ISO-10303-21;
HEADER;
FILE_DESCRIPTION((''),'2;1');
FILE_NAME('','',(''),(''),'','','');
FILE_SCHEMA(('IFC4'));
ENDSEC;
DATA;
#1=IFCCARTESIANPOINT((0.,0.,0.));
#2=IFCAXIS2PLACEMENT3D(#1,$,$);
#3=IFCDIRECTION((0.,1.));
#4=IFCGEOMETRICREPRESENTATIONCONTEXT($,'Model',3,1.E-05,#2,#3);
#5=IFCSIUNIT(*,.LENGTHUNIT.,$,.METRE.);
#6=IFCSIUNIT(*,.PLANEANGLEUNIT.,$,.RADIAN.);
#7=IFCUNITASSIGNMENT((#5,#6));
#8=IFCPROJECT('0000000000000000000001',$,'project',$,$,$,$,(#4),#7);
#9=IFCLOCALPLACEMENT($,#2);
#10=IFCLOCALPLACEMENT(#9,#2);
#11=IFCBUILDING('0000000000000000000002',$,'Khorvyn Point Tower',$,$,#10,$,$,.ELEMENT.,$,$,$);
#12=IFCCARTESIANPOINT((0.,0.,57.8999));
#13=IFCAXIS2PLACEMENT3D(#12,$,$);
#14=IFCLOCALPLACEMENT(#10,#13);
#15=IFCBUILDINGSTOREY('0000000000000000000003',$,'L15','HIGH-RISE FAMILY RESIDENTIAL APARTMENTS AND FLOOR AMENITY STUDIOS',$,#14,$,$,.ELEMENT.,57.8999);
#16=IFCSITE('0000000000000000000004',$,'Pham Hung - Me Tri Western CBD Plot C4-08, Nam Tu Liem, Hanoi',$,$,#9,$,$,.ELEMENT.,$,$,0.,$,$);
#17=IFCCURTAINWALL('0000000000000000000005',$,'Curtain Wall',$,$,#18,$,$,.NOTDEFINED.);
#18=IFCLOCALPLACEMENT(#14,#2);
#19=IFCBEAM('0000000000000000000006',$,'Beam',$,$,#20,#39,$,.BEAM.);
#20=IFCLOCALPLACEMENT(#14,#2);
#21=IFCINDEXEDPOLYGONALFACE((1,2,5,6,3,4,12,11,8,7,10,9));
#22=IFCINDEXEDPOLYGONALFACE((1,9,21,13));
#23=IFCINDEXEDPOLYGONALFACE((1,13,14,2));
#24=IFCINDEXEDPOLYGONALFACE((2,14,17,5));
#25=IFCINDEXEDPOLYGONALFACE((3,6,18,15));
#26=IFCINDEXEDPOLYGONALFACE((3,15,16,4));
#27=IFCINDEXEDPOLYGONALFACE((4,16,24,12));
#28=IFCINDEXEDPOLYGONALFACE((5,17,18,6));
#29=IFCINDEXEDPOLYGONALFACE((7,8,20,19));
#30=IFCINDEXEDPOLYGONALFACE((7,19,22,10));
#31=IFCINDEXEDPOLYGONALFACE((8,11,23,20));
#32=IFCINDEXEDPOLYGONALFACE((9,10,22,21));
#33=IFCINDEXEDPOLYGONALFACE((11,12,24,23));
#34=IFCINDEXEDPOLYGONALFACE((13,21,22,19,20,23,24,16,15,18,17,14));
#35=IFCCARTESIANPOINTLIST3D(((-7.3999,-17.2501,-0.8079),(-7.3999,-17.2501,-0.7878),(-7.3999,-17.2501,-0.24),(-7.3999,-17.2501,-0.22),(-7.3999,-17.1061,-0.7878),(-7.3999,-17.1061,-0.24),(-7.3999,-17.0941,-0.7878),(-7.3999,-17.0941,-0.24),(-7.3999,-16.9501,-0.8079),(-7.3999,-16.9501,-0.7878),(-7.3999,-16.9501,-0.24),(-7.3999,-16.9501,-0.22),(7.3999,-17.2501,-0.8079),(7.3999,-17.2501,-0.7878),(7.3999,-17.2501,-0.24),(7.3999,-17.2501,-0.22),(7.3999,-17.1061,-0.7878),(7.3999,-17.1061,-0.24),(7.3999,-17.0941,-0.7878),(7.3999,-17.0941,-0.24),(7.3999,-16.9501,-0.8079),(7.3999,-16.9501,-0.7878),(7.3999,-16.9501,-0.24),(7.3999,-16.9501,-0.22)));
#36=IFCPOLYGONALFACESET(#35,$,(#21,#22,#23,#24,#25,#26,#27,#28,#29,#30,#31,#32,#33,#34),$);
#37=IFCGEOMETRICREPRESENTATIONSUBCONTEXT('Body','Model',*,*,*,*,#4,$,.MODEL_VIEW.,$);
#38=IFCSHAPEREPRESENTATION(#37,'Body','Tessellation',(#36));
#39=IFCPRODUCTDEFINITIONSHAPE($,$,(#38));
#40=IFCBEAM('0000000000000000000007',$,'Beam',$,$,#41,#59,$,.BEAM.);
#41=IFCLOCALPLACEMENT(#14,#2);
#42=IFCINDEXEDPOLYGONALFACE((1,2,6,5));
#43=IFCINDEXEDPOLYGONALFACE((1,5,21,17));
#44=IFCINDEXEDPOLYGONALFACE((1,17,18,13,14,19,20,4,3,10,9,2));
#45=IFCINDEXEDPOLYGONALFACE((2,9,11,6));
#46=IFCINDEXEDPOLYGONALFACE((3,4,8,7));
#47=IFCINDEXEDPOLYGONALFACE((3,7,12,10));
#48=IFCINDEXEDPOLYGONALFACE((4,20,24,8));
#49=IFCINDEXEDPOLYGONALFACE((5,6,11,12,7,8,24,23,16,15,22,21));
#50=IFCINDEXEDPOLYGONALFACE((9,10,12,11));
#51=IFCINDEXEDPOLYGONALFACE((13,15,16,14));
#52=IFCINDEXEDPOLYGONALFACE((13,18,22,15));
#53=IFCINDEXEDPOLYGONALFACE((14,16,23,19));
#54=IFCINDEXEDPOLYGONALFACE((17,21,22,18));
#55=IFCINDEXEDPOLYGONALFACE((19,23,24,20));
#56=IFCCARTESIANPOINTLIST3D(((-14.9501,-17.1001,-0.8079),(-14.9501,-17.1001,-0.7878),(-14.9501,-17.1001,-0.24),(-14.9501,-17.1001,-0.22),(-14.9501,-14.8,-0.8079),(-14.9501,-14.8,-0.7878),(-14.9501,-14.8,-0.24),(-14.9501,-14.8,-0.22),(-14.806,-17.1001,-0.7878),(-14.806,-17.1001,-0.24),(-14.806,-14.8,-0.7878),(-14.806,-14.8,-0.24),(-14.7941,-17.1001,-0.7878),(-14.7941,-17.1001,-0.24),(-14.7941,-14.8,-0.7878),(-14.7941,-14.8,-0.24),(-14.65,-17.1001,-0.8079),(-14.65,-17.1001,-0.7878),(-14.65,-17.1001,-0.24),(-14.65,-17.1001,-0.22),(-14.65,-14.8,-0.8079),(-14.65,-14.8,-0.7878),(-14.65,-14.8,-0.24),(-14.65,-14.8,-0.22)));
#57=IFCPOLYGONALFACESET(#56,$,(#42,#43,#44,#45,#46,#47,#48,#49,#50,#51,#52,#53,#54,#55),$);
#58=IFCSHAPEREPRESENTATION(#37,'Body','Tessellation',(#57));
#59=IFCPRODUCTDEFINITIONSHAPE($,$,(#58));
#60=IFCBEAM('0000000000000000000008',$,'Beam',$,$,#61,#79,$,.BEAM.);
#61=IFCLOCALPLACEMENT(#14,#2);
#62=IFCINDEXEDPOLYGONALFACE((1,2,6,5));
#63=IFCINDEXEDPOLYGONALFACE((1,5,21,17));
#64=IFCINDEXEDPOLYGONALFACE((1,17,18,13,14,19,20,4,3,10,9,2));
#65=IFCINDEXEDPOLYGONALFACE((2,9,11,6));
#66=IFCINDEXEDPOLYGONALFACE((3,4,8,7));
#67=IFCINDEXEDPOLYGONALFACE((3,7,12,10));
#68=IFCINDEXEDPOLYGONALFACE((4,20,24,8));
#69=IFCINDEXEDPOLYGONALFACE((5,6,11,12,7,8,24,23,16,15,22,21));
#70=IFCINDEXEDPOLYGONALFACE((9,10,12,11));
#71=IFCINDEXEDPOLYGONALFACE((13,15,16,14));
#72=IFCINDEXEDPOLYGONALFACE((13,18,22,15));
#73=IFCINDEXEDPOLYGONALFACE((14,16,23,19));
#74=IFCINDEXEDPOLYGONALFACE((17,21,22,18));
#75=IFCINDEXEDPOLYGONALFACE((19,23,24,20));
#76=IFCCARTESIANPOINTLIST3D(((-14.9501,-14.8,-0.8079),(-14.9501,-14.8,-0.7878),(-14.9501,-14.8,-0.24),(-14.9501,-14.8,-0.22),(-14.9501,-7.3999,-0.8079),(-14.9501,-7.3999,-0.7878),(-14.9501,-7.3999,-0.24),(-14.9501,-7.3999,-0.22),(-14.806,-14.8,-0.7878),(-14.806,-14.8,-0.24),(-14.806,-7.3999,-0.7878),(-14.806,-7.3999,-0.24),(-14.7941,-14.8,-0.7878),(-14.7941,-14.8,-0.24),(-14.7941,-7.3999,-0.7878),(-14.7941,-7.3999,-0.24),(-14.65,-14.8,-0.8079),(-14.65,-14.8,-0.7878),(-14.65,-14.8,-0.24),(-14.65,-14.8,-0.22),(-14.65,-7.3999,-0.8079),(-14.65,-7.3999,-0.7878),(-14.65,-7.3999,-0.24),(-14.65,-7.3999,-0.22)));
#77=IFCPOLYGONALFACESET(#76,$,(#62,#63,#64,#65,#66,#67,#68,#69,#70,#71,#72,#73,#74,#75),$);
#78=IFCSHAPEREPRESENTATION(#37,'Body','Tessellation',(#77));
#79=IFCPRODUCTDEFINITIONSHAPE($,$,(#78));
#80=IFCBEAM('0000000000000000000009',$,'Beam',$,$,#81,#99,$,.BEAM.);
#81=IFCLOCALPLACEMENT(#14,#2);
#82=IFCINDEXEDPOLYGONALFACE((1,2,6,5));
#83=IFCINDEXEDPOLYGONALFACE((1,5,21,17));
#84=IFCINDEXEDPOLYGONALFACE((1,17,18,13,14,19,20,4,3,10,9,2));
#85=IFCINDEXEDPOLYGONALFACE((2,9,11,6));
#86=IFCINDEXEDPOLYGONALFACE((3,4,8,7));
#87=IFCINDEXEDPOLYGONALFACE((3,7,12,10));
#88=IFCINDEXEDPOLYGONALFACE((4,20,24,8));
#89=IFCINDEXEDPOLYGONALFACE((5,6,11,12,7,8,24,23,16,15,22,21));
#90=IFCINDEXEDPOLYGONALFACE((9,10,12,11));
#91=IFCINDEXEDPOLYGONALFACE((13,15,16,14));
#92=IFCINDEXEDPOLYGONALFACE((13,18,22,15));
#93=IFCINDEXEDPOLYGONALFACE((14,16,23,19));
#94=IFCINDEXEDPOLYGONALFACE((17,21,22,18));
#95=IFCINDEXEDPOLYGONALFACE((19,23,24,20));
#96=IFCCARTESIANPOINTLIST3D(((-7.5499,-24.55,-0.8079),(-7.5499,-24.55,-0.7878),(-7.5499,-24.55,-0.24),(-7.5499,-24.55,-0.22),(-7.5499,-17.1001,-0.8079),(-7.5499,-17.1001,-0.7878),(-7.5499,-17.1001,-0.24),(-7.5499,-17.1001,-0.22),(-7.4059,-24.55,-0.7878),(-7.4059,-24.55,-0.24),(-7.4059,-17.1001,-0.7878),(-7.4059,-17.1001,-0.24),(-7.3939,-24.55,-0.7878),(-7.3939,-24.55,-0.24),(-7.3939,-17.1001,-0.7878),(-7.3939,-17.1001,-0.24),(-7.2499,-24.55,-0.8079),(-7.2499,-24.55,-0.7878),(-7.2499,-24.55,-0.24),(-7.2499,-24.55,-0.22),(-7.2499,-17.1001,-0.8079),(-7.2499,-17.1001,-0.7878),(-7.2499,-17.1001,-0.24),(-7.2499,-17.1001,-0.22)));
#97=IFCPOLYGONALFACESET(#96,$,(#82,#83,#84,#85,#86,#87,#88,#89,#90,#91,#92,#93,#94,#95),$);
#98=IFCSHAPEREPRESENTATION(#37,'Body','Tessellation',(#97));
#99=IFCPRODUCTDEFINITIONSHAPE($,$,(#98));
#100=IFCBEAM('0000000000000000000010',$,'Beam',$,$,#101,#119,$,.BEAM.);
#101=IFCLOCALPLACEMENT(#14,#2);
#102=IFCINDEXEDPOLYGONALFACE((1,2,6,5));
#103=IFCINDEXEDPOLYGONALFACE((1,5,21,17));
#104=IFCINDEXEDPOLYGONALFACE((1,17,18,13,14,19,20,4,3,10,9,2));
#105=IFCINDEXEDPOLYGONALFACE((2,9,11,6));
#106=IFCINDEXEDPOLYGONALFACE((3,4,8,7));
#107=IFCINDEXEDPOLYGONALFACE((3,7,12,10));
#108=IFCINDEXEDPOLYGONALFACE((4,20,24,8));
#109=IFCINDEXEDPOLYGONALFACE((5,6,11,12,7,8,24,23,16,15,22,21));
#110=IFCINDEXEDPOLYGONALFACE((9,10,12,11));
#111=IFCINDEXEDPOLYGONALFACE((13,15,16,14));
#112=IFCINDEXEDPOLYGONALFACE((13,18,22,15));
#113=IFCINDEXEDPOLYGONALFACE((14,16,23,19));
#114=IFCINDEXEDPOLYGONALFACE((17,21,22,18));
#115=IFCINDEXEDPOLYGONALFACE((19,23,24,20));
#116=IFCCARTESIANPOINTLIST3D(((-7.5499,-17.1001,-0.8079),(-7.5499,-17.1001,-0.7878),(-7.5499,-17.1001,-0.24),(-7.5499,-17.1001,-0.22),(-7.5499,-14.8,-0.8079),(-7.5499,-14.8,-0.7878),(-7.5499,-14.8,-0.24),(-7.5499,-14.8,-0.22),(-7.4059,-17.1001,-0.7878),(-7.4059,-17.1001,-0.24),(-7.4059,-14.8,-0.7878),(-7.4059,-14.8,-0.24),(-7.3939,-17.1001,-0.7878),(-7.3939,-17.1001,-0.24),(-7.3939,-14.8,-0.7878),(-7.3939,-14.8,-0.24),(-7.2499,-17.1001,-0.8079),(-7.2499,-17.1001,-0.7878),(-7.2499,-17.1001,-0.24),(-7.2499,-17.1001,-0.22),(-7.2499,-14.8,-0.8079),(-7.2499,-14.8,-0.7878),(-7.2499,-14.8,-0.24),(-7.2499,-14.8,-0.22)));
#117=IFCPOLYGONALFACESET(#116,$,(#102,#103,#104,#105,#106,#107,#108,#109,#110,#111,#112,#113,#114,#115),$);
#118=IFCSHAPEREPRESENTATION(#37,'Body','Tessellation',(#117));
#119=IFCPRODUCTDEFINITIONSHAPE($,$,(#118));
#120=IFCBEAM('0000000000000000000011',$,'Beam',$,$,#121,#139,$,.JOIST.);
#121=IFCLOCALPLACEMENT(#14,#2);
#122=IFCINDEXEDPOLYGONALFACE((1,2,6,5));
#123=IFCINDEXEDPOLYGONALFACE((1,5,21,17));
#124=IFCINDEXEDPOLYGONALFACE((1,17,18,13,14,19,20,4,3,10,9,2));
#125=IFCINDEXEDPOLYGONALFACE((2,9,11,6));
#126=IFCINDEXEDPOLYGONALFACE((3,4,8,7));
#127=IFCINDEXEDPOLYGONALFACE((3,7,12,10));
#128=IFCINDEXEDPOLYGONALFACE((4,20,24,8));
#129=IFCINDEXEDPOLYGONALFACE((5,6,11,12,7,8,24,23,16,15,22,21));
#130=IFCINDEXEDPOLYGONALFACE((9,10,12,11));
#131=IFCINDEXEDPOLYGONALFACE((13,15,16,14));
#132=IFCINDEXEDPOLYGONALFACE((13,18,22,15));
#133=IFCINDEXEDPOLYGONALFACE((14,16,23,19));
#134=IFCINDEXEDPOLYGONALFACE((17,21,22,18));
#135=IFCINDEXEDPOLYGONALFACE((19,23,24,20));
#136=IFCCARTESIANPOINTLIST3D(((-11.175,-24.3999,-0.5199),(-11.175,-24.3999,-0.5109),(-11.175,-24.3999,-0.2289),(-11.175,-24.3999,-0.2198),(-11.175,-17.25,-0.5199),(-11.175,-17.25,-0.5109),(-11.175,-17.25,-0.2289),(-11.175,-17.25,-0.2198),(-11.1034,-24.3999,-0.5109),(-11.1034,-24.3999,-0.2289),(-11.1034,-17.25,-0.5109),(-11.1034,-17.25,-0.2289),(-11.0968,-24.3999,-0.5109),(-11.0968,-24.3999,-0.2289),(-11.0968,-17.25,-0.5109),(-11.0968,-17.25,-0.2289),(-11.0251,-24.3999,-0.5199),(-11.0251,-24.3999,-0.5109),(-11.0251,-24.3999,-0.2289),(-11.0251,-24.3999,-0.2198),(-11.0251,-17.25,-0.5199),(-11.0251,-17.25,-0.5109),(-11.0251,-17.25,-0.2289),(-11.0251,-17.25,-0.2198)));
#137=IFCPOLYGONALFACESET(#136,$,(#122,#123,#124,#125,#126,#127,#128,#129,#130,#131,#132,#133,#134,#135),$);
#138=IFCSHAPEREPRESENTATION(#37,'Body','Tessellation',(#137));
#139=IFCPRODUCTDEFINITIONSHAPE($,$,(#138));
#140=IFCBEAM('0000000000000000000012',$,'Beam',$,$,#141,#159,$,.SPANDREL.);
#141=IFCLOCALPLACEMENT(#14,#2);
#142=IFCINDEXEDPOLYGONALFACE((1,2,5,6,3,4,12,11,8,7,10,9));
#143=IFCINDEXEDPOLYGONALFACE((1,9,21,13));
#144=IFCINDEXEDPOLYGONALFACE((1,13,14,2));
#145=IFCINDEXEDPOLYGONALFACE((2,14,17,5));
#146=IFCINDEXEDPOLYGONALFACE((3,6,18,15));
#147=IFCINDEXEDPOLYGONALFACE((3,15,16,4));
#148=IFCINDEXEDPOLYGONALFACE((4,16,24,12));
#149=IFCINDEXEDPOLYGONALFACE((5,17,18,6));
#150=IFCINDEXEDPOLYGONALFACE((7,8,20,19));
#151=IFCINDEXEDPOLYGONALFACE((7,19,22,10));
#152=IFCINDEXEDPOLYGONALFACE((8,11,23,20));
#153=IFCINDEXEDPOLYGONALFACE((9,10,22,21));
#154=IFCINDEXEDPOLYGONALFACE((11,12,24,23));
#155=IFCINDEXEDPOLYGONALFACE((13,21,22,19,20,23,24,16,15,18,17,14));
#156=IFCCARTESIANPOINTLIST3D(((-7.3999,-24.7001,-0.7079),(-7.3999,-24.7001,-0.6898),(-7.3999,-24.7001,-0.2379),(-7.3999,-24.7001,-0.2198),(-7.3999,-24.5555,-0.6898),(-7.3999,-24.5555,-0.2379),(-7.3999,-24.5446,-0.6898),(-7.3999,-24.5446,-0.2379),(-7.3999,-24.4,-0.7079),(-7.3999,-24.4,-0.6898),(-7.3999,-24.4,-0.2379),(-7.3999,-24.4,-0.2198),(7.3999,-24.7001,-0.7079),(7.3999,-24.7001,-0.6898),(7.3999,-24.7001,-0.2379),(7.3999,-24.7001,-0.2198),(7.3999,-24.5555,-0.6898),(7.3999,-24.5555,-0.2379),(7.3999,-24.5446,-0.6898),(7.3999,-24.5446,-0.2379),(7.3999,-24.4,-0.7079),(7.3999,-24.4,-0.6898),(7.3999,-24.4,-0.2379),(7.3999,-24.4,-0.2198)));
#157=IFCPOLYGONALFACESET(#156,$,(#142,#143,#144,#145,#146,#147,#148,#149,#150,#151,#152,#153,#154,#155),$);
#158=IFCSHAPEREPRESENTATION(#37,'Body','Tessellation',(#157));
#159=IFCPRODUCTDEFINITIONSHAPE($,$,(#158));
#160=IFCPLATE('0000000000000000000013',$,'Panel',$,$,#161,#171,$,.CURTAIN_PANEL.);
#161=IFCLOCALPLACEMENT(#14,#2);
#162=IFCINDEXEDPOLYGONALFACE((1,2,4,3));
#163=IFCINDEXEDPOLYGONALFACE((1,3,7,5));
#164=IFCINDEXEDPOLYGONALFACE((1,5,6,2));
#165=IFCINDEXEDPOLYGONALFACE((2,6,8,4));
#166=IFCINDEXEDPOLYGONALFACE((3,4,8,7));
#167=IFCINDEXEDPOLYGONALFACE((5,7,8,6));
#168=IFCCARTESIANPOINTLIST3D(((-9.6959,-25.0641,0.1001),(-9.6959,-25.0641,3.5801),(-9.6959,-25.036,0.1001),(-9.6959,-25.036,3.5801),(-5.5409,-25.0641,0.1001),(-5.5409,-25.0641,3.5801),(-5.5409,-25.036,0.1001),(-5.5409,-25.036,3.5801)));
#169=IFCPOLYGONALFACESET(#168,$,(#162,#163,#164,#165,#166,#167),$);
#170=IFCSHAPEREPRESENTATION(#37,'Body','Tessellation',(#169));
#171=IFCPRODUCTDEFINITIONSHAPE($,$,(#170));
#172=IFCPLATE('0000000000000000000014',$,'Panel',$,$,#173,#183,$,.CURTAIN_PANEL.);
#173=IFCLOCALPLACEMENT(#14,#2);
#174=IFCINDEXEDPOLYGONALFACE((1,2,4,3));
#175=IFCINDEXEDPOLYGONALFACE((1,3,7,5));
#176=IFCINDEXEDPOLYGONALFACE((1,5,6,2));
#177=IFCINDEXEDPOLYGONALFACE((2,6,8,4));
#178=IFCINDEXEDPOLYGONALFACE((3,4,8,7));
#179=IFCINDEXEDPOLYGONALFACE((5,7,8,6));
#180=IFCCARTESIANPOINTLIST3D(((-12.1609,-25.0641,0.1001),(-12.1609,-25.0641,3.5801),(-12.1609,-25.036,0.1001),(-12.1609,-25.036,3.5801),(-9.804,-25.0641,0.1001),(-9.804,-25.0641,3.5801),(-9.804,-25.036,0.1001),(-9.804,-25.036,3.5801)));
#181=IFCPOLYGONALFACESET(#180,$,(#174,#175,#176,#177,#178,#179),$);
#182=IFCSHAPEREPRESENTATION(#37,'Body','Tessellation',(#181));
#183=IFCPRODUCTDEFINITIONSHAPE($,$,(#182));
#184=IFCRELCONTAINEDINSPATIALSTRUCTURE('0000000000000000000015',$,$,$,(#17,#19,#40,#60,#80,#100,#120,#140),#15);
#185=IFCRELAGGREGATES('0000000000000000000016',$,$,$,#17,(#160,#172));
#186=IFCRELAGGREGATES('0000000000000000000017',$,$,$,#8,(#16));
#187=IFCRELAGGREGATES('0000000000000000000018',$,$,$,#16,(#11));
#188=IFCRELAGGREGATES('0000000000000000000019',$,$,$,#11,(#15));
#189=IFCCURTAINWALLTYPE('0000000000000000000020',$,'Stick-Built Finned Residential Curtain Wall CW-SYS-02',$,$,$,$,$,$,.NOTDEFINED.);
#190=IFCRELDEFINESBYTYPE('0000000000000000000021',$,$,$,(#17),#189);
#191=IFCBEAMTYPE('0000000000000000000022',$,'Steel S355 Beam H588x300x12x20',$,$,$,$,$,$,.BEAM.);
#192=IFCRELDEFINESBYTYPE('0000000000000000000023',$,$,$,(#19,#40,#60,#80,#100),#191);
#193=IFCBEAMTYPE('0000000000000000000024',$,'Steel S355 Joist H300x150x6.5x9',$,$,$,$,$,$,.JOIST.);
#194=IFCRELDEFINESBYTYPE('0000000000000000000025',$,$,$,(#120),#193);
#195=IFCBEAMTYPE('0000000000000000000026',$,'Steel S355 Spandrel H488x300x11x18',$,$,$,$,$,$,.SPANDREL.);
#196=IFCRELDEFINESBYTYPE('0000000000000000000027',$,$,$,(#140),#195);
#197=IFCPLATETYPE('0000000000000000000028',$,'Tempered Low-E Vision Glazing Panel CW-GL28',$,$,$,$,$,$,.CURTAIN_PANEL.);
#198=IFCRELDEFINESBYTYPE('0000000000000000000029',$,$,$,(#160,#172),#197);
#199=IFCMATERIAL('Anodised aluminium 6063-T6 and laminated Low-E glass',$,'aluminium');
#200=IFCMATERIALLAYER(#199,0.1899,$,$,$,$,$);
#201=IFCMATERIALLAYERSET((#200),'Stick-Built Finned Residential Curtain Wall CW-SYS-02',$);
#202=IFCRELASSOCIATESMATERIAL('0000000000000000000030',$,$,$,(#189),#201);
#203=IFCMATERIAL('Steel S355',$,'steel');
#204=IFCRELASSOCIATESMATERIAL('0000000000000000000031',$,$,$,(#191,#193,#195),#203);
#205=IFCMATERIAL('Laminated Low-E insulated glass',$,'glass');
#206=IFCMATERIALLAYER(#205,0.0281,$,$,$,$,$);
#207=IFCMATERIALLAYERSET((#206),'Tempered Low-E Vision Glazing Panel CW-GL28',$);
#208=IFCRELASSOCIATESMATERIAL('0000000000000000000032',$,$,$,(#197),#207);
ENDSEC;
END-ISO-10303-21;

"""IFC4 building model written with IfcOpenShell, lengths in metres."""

from ifc_helpers import new_model, si_unit, direction, frame, origin, origin_2d, place, context, subcontext, project, spatial, rectangle, i_section, extrude, material, layer, layer_set, material_profile, profile_set, type_object, element, aggregate, save


model = new_model("IFC4")

# Units and contexts
model_context = context("Model", 3, precision=1e-05, world=origin(), true_north=direction((0.0, 1.0)))
body_context = subcontext(model_context, "Body", "Model", "MODEL_VIEW")
ifc_project = project(units=[si_unit("LENGTHUNIT", "METRE"), si_unit("PLANEANGLEUNIT", "RADIAN")], contexts=[model_context])

# Site, building, storey
site_placement = place(None, origin())
site = spatial("IfcSite", under=ifc_project, at=site_placement, Name="Pham Hung - Me Tri Western CBD Plot C4-08, Nam Tu Liem, Hanoi", CompositionType="ELEMENT", RefElevation=0.0)
building_placement = place(site_placement, origin())
building = spatial("IfcBuilding", under=site, at=building_placement, Name="Khorvyn Point Tower", CompositionType="ELEMENT")
storey_placement = place(building_placement, frame((0.0, 0.0, 57.8999)))
storey = spatial("IfcBuildingStorey", under=building, at=storey_placement, Name="L15", Description="HIGH-RISE FAMILY RESIDENTIAL APARTMENTS AND FLOOR AMENITY STUDIOS", CompositionType="ELEMENT", Elevation=57.8999)

# Curtain wall
ifc_material_1 = material(Name="Anodised aluminium 6063-T6 and laminated Low-E glass", Category="aluminium")
ifc_layer_1 = layer(ifc_material_1, 0.1899)
ifc_layer_set_1 = layer_set([ifc_layer_1], Name="Stick-Built Finned Residential Curtain Wall CW-SYS-02")
curtain_wall_type = type_object("IfcCurtainWallType", Name="Stick-Built Finned Residential Curtain Wall CW-SYS-02", PredefinedType="NOTDEFINED", material=ifc_layer_set_1)
curtain_wall_placement = place(storey_placement, origin())
curtain_wall = element("IfcCurtainWall", 1, at=curtain_wall_placement, inside=storey, type_object=curtain_wall_type, Name="Curtain Wall", PredefinedType="NOTDEFINED")

# Beams
ifc_material_2 = material(Name="Steel S355", Category="steel")
ifc_material_profile_1 = material_profile(ifc_material_2, i_section(OverallWidth=0.3, OverallDepth=0.5879, WebThickness=0.012, FlangeThickness=0.02, at=origin_2d()))
ifc_profile_set_1 = profile_set([ifc_material_profile_1], Name="Steel S355 H588x300x12x20")
beam_type_1 = type_object("IfcBeamType", Name="Steel S355 Beam H588x300x12x20", PredefinedType="BEAM", material=ifc_profile_set_1)
beam_1_placement = place(storey_placement, frame((-7.3999, -17.1001, -0.5139), z_axis=(1.0, 0.0, 0.0), x_axis=(0.0, 1.0, 0.0)))
element("IfcBeam", 2, at=beam_1_placement, inside=storey, type_object=beam_type_1, Name="Beam", PredefinedType="BEAM", context=body_context, shape_type="SweptSolid", body=[
    extrude(i_section(OverallWidth=0.3, OverallDepth=0.5879, WebThickness=0.012, FlangeThickness=0.02, at=origin_2d()), origin(), (0.0, 0.0, 1.0), 14.7998),
])
beam_2_placement = place(storey_placement, frame((-14.8, -17.1001, -0.5139), z_axis=(0.0, 1.0, 0.0), x_axis=(-1.0, 0.0, 0.0)))
element("IfcBeam", 3, at=beam_2_placement, inside=storey, type_object=beam_type_1, Name="Beam", PredefinedType="BEAM", context=body_context, shape_type="SweptSolid", body=[
    extrude(i_section(OverallWidth=0.3, OverallDepth=0.5879, WebThickness=0.012, FlangeThickness=0.02, at=origin_2d()), origin(), (0.0, 0.0, 1.0), 2.3),
])
beam_3_placement = place(storey_placement, frame((-14.8, -14.8, -0.5139), z_axis=(0.0, 1.0, 0.0), x_axis=(-1.0, 0.0, 0.0)))
element("IfcBeam", 4, at=beam_3_placement, inside=storey, type_object=beam_type_1, Name="Beam", PredefinedType="BEAM", context=body_context, shape_type="SweptSolid", body=[
    extrude(i_section(OverallWidth=0.3, OverallDepth=0.5879, WebThickness=0.012, FlangeThickness=0.02, at=origin_2d()), origin(), (0.0, 0.0, 1.0), 7.4001),
])
beam_4_placement = place(storey_placement, frame((-7.3999, -24.55, -0.5139), z_axis=(0.0, 1.0, 0.0), x_axis=(-1.0, 0.0, 0.0)))
element("IfcBeam", 5, at=beam_4_placement, inside=storey, type_object=beam_type_1, Name="Beam", PredefinedType="BEAM", context=body_context, shape_type="SweptSolid", body=[
    extrude(i_section(OverallWidth=0.3, OverallDepth=0.5879, WebThickness=0.012, FlangeThickness=0.02, at=origin_2d()), origin(), (0.0, 0.0, 1.0), 7.45),
])
beam_5_placement = place(storey_placement, frame((-7.3999, -17.1001, -0.5139), z_axis=(0.0, 1.0, 0.0), x_axis=(-1.0, 0.0, 0.0)))
element("IfcBeam", 6, at=beam_5_placement, inside=storey, type_object=beam_type_1, Name="Beam", PredefinedType="BEAM", context=body_context, shape_type="SweptSolid", body=[
    extrude(i_section(OverallWidth=0.3, OverallDepth=0.5879, WebThickness=0.012, FlangeThickness=0.02, at=origin_2d()), origin(), (0.0, 0.0, 1.0), 2.3),
])
ifc_material_profile_2 = material_profile(ifc_material_2, i_section(OverallWidth=0.1499, OverallDepth=0.3, WebThickness=0.0066, FlangeThickness=0.009, at=origin_2d()))
ifc_profile_set_2 = profile_set([ifc_material_profile_2], Name="Steel S355 H300x150x6.5x9")
beam_type_2 = type_object("IfcBeamType", Name="Steel S355 Joist H300x150x6.5x9", PredefinedType="JOIST", material=ifc_profile_set_2)
beam_6_placement = place(storey_placement, frame((-11.1001, -24.3999, -0.3699), z_axis=(0.0, 1.0, 0.0), x_axis=(-1.0, 0.0, 0.0)))
element("IfcBeam", 7, at=beam_6_placement, inside=storey, type_object=beam_type_2, Name="Beam", PredefinedType="JOIST", context=body_context, shape_type="SweptSolid", body=[
    extrude(i_section(OverallWidth=0.1499, OverallDepth=0.3, WebThickness=0.0066, FlangeThickness=0.009, at=origin_2d()), origin(), (0.0, 0.0, 1.0), 7.1499),
])
ifc_material_profile_3 = material_profile(ifc_material_2, i_section(OverallWidth=0.3, OverallDepth=0.488, WebThickness=0.011, FlangeThickness=0.0181, at=origin_2d()))
ifc_profile_set_3 = profile_set([ifc_material_profile_3], Name="Steel S355 H488x300x11x18")
beam_type_3 = type_object("IfcBeamType", Name="Steel S355 Spandrel H488x300x11x18", PredefinedType="SPANDREL", material=ifc_profile_set_3)
beam_7_placement = place(storey_placement, frame((-7.3999, -24.55, -0.4639), z_axis=(1.0, 0.0, 0.0), x_axis=(0.0, 1.0, 0.0)))
element("IfcBeam", 8, at=beam_7_placement, inside=storey, type_object=beam_type_3, Name="Beam", PredefinedType="SPANDREL", context=body_context, shape_type="SweptSolid", body=[
    extrude(i_section(OverallWidth=0.3, OverallDepth=0.488, WebThickness=0.011, FlangeThickness=0.0181, at=origin_2d()), origin(), (0.0, 0.0, 1.0), 14.7998),
])

# Plates
ifc_material_3 = material(Name="Laminated Low-E insulated glass", Category="glass")
ifc_layer_2 = layer(ifc_material_3, 0.0281)
ifc_layer_set_2 = layer_set([ifc_layer_2], Name="Tempered Low-E Vision Glazing Panel CW-GL28")
plate_type = type_object("IfcPlateType", Name="Tempered Low-E Vision Glazing Panel CW-GL28", PredefinedType="CURTAIN_PANEL", material=ifc_layer_set_2)
plate_1_placement = place(storey_placement, frame((-7.6184, -25.05, 0.1001), z_axis=(0.0, 0.0, 1.0), x_axis=(-1.0, 0.0, 0.0)))
plate_1 = element("IfcPlate", 9, at=plate_1_placement, type_object=plate_type, Name="Panel", PredefinedType="CURTAIN_PANEL", context=body_context, shape_type="SweptSolid", body=[
    extrude(rectangle(XDim=4.155, YDim=0.0281, at=origin_2d()), origin(), (0.0, 0.0, 1.0), 3.48),
])
plate_2_placement = place(storey_placement, frame((-10.9824, -25.05, 0.1001), z_axis=(0.0, 0.0, 1.0), x_axis=(-1.0, 0.0, 0.0)))
plate_2 = element("IfcPlate", 10, at=plate_2_placement, type_object=plate_type, Name="Panel", PredefinedType="CURTAIN_PANEL", context=body_context, shape_type="SweptSolid", body=[
    extrude(rectangle(XDim=2.3569, YDim=0.0281, at=origin_2d()), origin(), (0.0, 0.0, 1.0), 3.48),
])
aggregate(curtain_wall, [plate_1, plate_2])

save(model, "model.ifc")
